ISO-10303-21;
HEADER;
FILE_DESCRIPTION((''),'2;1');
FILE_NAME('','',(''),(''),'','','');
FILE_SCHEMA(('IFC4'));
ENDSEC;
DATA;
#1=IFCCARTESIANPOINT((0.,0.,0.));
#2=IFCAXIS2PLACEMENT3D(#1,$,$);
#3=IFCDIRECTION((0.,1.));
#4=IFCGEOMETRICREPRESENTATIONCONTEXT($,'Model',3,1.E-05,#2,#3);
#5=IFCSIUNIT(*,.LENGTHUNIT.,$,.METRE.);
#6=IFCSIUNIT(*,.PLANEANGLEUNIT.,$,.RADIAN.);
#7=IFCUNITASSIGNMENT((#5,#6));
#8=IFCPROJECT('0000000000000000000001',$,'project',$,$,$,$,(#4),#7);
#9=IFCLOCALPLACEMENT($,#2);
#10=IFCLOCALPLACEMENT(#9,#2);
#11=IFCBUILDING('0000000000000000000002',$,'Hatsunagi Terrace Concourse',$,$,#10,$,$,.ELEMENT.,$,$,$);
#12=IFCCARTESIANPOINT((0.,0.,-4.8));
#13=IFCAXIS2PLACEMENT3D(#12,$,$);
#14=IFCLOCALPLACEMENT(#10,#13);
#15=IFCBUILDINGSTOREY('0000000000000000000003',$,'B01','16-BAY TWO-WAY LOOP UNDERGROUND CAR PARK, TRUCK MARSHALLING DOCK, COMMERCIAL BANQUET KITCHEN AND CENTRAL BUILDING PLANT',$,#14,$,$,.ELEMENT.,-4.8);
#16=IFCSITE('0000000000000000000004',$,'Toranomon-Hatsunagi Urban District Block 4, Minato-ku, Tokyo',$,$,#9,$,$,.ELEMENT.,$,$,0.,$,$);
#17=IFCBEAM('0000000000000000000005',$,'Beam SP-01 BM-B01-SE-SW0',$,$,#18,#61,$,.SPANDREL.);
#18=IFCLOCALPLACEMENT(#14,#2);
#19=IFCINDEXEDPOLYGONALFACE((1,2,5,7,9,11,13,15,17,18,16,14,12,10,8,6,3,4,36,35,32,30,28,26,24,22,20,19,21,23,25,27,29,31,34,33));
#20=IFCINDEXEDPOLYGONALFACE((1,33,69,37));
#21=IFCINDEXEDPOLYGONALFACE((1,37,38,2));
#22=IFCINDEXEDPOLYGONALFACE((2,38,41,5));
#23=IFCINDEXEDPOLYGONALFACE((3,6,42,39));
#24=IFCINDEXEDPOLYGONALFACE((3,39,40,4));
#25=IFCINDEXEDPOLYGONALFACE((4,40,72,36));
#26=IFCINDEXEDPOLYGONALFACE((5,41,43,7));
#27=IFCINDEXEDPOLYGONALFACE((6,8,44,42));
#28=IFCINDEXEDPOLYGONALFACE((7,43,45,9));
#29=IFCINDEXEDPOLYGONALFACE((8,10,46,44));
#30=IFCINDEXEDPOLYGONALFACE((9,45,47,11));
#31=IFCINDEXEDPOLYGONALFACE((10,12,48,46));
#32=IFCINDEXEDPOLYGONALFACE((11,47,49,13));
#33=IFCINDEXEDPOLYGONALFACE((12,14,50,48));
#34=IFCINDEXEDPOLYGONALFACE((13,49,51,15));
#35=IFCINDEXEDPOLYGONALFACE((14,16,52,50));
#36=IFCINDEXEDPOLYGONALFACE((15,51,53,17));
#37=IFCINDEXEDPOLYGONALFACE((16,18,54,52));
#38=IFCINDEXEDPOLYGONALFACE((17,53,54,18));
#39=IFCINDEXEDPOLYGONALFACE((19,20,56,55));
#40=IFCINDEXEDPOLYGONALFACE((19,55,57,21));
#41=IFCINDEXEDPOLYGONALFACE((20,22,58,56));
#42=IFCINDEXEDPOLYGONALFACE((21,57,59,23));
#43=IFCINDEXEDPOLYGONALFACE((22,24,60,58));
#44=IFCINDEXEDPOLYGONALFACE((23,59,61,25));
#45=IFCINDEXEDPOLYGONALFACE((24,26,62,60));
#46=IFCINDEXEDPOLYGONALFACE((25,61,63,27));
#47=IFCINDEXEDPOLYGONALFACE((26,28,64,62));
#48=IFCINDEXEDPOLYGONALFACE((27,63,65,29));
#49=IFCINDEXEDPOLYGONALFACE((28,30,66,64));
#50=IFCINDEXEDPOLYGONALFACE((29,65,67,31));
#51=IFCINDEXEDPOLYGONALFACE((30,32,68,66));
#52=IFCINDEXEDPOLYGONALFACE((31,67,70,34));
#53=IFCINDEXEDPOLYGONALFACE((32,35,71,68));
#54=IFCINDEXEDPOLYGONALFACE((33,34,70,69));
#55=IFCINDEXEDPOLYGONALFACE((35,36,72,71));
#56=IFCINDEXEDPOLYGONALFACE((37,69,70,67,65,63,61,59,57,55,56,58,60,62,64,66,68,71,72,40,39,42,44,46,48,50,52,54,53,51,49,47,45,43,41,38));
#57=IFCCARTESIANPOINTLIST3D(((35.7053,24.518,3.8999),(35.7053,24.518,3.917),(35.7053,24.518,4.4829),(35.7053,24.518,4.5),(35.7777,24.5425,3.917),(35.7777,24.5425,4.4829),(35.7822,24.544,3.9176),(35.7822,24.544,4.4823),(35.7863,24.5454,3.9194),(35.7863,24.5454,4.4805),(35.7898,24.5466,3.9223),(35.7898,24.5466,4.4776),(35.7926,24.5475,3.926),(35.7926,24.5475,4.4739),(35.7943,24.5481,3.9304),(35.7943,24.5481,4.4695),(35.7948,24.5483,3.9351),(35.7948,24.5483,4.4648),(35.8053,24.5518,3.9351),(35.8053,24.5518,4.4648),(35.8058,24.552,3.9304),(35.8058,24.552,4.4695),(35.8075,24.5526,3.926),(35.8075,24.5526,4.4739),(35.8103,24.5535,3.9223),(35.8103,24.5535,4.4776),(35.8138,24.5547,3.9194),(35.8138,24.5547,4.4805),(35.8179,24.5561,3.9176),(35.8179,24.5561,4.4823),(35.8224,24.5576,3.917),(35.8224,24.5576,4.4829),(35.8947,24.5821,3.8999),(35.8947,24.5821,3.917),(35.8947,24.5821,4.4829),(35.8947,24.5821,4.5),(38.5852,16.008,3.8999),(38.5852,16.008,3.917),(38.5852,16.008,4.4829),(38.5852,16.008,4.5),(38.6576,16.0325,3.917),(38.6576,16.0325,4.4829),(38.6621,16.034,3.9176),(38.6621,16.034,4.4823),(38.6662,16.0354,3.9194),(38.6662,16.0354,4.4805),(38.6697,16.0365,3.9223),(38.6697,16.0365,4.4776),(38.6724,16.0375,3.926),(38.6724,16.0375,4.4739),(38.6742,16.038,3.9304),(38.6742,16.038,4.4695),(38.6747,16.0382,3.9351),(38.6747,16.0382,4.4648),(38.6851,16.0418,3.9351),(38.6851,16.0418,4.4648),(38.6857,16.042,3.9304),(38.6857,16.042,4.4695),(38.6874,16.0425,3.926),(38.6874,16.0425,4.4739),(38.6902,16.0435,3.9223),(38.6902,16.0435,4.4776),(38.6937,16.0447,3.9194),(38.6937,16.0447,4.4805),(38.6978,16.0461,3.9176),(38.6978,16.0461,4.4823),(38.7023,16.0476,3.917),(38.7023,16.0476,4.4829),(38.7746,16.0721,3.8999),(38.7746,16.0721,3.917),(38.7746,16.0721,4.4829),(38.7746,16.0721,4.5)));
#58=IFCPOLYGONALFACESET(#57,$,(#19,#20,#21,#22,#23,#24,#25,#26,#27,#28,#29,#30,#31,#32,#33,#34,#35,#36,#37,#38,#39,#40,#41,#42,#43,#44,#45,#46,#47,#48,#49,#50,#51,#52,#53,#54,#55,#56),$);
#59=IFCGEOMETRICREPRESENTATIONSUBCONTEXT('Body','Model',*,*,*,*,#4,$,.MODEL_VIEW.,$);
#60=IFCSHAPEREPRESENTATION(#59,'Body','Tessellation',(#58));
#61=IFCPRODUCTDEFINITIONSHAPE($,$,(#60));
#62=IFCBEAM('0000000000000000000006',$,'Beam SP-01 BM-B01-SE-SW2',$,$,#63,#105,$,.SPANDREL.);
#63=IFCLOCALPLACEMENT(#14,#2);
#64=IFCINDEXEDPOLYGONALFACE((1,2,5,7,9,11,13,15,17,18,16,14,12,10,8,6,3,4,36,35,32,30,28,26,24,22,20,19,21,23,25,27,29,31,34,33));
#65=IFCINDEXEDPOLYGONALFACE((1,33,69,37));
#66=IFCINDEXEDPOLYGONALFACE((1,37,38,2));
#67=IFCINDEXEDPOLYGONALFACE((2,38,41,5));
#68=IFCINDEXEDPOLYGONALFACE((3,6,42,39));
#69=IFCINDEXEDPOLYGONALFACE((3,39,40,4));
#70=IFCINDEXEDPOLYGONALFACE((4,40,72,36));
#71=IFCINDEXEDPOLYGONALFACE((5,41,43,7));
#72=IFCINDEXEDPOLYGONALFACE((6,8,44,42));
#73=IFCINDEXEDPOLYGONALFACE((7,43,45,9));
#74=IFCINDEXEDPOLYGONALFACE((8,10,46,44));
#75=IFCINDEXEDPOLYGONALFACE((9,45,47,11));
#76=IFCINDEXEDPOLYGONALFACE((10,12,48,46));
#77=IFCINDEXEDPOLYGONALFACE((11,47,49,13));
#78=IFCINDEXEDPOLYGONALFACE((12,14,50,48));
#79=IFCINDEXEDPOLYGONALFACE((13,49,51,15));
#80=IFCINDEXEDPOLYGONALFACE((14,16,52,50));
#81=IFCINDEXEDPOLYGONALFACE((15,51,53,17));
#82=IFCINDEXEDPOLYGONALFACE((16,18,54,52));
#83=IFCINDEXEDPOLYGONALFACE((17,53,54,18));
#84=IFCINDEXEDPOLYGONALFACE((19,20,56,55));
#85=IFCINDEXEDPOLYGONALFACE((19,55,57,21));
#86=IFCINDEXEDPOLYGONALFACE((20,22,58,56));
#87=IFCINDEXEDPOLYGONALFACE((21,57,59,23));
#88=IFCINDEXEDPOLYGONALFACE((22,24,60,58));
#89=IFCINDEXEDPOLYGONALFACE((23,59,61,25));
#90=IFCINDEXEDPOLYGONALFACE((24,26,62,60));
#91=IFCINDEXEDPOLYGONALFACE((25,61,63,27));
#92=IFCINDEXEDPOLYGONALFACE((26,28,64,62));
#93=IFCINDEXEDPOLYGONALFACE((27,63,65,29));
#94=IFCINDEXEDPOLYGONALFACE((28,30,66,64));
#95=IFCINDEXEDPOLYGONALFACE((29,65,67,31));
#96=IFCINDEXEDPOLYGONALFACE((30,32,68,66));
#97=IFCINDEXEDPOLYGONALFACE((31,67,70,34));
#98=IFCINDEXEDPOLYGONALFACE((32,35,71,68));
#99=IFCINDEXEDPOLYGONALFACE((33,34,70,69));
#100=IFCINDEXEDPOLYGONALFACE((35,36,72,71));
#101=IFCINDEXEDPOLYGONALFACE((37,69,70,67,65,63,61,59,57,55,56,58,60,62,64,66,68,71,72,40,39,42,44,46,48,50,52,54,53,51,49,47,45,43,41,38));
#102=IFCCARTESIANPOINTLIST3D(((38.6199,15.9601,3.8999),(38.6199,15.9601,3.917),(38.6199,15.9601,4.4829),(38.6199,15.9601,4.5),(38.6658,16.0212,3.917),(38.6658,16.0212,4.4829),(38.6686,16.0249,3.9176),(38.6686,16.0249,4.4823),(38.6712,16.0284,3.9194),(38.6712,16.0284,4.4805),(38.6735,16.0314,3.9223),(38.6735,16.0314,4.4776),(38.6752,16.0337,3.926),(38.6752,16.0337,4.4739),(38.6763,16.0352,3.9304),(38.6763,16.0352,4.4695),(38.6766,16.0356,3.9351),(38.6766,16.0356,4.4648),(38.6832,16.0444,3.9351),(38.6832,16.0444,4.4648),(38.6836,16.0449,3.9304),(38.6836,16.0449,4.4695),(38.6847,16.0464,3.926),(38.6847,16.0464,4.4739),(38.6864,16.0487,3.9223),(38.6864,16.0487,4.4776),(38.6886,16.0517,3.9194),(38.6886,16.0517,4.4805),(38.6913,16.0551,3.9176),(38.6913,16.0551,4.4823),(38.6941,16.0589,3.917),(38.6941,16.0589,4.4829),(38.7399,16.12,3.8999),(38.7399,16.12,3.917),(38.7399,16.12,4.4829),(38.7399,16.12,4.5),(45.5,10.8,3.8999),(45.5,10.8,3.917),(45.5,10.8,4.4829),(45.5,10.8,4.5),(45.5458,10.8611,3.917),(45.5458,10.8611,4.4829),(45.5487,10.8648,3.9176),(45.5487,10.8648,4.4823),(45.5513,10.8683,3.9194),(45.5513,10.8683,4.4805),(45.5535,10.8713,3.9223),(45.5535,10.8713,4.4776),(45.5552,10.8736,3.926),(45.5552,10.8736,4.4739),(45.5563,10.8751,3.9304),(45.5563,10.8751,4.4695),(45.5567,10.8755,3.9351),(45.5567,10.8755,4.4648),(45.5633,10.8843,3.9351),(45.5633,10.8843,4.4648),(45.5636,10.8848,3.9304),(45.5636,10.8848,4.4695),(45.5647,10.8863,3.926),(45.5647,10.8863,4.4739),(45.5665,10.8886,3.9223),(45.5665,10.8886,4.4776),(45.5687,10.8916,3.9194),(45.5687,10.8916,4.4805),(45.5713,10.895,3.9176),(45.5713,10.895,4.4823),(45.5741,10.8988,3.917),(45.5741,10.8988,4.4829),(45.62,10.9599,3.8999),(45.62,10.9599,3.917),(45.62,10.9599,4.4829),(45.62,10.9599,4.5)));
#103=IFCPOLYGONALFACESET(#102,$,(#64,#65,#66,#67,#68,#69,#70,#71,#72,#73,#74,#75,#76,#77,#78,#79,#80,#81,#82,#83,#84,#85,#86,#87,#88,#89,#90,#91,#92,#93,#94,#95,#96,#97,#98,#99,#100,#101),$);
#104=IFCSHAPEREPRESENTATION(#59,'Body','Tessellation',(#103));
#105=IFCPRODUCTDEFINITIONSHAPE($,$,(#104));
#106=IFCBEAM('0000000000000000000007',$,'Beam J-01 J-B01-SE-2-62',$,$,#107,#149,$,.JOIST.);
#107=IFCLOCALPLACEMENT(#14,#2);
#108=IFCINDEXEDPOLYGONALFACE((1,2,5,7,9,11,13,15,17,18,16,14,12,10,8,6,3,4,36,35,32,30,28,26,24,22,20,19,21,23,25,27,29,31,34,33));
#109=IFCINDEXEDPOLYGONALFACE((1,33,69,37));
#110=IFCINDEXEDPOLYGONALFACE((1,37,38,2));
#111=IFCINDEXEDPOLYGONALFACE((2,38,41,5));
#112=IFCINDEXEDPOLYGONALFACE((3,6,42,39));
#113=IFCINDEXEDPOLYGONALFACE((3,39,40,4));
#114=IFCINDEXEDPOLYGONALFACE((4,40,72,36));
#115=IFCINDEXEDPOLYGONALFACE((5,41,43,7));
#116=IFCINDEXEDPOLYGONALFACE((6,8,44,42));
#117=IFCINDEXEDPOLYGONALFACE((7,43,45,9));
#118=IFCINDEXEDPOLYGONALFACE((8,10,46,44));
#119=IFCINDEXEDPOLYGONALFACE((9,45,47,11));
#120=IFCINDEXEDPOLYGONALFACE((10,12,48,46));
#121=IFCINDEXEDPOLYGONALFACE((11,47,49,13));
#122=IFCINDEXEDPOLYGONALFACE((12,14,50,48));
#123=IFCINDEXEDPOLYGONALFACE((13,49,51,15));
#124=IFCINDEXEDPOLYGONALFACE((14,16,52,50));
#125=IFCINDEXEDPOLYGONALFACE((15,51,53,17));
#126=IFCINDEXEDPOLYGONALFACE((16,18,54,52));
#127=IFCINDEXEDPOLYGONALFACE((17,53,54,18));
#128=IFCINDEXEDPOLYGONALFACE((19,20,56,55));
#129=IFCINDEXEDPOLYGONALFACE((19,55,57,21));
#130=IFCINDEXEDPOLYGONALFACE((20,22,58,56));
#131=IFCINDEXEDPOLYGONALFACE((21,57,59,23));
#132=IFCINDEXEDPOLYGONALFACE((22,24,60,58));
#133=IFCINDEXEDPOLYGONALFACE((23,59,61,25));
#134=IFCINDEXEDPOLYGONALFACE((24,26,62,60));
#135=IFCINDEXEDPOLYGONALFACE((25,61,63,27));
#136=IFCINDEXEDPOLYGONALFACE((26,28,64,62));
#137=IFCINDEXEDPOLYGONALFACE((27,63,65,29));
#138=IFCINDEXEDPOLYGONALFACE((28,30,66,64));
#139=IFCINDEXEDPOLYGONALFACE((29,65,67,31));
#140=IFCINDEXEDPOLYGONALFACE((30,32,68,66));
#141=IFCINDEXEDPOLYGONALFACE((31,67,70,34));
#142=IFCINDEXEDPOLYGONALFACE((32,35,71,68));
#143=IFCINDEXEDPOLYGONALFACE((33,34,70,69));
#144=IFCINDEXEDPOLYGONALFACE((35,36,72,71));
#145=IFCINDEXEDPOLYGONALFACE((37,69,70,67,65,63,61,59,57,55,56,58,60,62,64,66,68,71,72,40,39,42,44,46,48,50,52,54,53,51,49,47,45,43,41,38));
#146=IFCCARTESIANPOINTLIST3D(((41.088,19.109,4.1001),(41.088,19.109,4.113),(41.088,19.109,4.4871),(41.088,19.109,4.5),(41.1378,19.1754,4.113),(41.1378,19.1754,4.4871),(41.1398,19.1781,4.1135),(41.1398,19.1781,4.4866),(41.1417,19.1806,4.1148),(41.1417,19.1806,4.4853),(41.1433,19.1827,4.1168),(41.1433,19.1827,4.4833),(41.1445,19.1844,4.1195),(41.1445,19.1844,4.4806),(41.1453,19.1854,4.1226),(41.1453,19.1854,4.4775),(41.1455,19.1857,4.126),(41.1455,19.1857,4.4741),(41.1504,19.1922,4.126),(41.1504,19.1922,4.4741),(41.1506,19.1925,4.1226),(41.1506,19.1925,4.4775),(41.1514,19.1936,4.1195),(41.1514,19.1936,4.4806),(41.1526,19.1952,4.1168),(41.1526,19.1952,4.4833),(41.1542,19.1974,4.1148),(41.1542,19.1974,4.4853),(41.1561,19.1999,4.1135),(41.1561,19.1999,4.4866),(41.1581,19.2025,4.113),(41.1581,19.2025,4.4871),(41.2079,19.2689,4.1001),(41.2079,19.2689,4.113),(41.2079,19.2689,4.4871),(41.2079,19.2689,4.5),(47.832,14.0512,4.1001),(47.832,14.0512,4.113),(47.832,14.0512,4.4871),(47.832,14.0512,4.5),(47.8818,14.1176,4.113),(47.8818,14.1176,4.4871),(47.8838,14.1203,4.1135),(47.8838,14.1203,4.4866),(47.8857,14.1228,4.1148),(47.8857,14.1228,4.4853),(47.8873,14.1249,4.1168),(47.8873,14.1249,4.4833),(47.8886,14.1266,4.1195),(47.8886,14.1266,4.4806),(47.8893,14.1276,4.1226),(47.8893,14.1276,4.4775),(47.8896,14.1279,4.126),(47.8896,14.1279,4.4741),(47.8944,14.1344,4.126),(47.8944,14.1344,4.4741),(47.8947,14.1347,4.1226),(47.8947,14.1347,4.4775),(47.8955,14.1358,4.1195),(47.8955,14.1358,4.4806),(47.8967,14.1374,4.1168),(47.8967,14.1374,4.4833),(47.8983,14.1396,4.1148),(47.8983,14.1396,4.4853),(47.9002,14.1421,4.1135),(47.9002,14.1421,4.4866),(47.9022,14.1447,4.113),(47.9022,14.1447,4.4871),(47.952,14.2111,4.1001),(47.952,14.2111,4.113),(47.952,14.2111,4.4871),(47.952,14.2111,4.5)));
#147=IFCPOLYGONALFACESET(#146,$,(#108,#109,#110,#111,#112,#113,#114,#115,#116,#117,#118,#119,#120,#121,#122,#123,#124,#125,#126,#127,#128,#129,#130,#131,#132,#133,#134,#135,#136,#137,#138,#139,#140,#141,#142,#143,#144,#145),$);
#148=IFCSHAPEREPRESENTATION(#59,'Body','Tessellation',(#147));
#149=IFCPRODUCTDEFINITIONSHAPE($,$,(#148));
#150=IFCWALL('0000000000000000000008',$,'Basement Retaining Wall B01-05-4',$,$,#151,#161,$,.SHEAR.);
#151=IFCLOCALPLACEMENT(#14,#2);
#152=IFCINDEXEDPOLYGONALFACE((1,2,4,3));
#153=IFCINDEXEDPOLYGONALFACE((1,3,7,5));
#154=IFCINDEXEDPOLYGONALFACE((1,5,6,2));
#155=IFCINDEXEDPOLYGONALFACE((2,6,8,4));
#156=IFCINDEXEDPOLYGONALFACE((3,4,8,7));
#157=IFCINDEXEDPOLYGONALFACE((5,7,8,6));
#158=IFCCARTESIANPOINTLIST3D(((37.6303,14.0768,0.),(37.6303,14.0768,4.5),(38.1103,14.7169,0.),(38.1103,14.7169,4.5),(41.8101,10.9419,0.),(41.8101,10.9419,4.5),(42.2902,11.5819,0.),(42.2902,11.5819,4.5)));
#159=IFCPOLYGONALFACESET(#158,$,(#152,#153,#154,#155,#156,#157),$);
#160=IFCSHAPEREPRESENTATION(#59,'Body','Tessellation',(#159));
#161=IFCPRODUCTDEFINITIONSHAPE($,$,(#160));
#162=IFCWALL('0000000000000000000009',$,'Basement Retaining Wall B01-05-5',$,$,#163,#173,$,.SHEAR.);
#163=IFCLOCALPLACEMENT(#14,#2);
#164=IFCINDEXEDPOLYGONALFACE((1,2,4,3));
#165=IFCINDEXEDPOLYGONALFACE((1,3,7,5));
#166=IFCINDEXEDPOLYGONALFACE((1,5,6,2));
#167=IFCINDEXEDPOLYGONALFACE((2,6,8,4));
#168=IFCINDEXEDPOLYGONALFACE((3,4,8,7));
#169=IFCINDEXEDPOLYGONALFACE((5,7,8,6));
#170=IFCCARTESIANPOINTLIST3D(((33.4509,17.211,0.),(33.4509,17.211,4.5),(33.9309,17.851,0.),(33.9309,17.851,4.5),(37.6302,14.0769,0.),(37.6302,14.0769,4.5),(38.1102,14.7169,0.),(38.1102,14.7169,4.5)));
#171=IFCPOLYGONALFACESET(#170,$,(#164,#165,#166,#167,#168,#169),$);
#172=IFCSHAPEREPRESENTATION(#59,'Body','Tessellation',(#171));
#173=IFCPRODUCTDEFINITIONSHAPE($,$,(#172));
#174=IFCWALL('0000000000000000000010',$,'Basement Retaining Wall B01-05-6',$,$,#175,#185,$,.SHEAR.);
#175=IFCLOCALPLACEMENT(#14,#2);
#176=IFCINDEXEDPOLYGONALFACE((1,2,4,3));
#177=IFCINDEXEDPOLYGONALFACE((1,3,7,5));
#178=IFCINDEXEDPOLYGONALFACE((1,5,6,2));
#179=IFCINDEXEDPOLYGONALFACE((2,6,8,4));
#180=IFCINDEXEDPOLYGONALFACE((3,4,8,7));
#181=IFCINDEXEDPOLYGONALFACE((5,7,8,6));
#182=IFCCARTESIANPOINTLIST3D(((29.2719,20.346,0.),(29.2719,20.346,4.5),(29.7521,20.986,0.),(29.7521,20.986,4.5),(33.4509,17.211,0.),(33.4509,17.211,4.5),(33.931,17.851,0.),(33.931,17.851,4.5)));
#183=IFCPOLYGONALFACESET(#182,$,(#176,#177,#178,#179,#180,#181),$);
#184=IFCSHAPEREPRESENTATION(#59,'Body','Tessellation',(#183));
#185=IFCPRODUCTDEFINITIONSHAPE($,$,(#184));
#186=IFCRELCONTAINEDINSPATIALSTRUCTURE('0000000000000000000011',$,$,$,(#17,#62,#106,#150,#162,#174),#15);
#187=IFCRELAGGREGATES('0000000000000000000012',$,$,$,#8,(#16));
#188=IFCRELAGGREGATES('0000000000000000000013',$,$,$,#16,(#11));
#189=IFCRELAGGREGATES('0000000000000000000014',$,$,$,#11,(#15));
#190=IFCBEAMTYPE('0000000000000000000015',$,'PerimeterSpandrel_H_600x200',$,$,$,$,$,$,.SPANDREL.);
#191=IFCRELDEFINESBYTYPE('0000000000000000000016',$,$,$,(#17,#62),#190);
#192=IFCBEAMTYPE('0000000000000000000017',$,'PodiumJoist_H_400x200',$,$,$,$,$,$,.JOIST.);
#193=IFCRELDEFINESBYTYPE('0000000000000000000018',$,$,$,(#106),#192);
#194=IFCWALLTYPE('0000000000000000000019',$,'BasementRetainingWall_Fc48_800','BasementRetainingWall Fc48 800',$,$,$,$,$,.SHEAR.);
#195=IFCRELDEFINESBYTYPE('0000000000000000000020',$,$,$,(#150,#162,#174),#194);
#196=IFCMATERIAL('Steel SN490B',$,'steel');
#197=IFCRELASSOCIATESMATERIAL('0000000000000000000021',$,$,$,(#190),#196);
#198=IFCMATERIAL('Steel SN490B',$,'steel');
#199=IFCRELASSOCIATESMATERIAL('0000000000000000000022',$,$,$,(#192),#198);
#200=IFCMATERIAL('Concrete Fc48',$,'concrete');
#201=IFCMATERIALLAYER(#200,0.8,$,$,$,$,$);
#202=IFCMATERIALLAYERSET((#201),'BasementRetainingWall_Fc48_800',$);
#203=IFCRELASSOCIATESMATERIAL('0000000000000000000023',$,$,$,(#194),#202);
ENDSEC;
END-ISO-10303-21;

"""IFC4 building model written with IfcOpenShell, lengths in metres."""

from ifc_helpers import new_model, si_unit, direction, frame, frame_2d, origin, origin_2d, place, context, subcontext, project, spatial, rectangle, i_section, extrude, material, layer, layer_set, material_profile, profile_set, type_object, element, save


model = new_model("IFC4")

# Units and contexts
model_context = context("Model", 3, precision=1e-05, world=origin(), true_north=direction((0.0, 1.0)))
body_context = subcontext(model_context, "Body", "Model", "MODEL_VIEW")
ifc_project = project(units=[si_unit("LENGTHUNIT", "METRE"), si_unit("PLANEANGLEUNIT", "RADIAN")], contexts=[model_context])

# Site, building, storey
site_placement = place(None, origin())
site = spatial("IfcSite", under=ifc_project, at=site_placement, Name="Toranomon-Hatsunagi Urban District Block 4, Minato-ku, Tokyo", CompositionType="ELEMENT", RefElevation=0.0)
building_placement = place(site_placement, origin())
building = spatial("IfcBuilding", under=site, at=building_placement, Name="Hatsunagi Terrace Concourse", CompositionType="ELEMENT")
storey_placement = place(building_placement, frame((0.0, 0.0, -4.8)))
storey = spatial("IfcBuildingStorey", under=building, at=storey_placement, Name="B01", Description="16-BAY TWO-WAY LOOP UNDERGROUND CAR PARK, TRUCK MARSHALLING DOCK, COMMERCIAL BANQUET KITCHEN AND CENTRAL BUILDING PLANT", CompositionType="ELEMENT", Elevation=-4.8)

# Beams
ifc_material_1 = material(Name="Steel SN490B", Category="steel")
ifc_material_profile_1 = material_profile(ifc_material_1, i_section(OverallWidth=0.2, OverallDepth=0.6001, WebThickness=0.011, FlangeThickness=0.0171, FilletRadius=0.0181, at=origin_2d()), Name="H-600x200x11x17")
ifc_profile_set_1 = profile_set([ifc_material_profile_1], Name="Steel SN490B")
beam_type_1 = type_object("IfcBeamType", Name="PerimeterSpandrel_H_600x200", PredefinedType="SPANDREL", material=ifc_profile_set_1)
beam_1_placement = place(storey_placement, frame((35.8, 24.55, 4.2), z_axis=(0.320553, -0.94723, 0.0), x_axis=(0.94723, 0.320553, 0.0)))
element("IfcBeam", 1, at=beam_1_placement, inside=storey, type_object=beam_type_1, Name="Beam SP-01 BM-B01-SE-SW0", PredefinedType="SPANDREL", context=body_context, shape_type="SweptSolid", body=[
    extrude(i_section(OverallWidth=0.2, OverallDepth=0.6001, WebThickness=0.011, FlangeThickness=0.0171, FilletRadius=0.0181, at=origin_2d()), origin(), (0.0, 0.0, 1.0), 8.9841),
])
beam_2_placement = place(storey_placement, frame((38.6799, 16.04, 4.2), z_axis=(0.799997, -0.600005, 0.0), x_axis=(0.600005, 0.799997, 0.0)))
element("IfcBeam", 2, at=beam_2_placement, inside=storey, type_object=beam_type_1, Name="Beam SP-01 BM-B01-SE-SW2", PredefinedType="SPANDREL", context=body_context, shape_type="SweptSolid", body=[
    extrude(i_section(OverallWidth=0.2, OverallDepth=0.6001, WebThickness=0.011, FlangeThickness=0.0171, FilletRadius=0.0181, at=origin_2d()), origin(), (0.0, 0.0, 1.0), 8.6001),
])
ifc_material_2 = material(Name="Steel SN490B", Category="steel")
ifc_material_profile_2 = material_profile(ifc_material_2, i_section(OverallWidth=0.2, OverallDepth=0.3999, WebThickness=0.0081, FlangeThickness=0.0129, FilletRadius=0.0129, at=origin_2d()), Name="H-400x200x8x13")
ifc_profile_set_2 = profile_set([ifc_material_profile_2], Name="Steel SN490B")
beam_type_2 = type_object("IfcBeamType", Name="PodiumJoist_H_400x200", PredefinedType="JOIST", material=ifc_profile_set_2)
beam_3_placement = place(storey_placement, frame((41.1479, 19.189, 4.3), z_axis=(0.800014, -0.599981, 0.0), x_axis=(0.599981, 0.800014, 0.0)))
element("IfcBeam", 3, at=beam_3_placement, inside=storey, type_object=beam_type_2, Name="Beam J-01 J-B01-SE-2-62", PredefinedType="JOIST", context=body_context, shape_type="SweptSolid", body=[
    extrude(i_section(OverallWidth=0.2, OverallDepth=0.3999, WebThickness=0.0081, FlangeThickness=0.0129, FilletRadius=0.0129, at=origin_2d()), origin(), (0.0, 0.0, 1.0), 8.4299),
])

# Walls
ifc_material_3 = material(Name="Concrete Fc48", Category="concrete")
ifc_layer_1 = layer(ifc_material_3, 0.8)
ifc_layer_set_1 = layer_set([ifc_layer_1], Name="BasementRetainingWall_Fc48_800")
wall_type_1 = type_object("IfcWallType", Name="BasementRetainingWall_Fc48_800", Description="BasementRetainingWall Fc48 800", PredefinedType="SHEAR", material=ifc_layer_set_1)
wall_1_placement = place(storey_placement, frame((42.05, 11.262, 0.0), z_axis=(0.0, 0.0, 1.0), x_axis=(-0.799994, 0.600007, 0.0)))
element("IfcWall", 4, at=wall_1_placement, inside=storey, type_object=wall_type_1, Name="Basement Retaining Wall B01-05-4", PredefinedType="SHEAR", context=body_context, shape_type="SweptSolid", body=[
    extrude(rectangle(XDim=5.2249, YDim=0.8, at=frame_2d((2.6123, 0.0))), origin(), (0.0, 0.0, 1.0), 4.5),
])
wall_2_placement = place(storey_placement, frame((37.8701, 14.397, 0.0), z_axis=(0.0, 0.0, 1.0), x_axis=(-0.800034, 0.599955, 0.0)))
element("IfcWall", 5, at=wall_2_placement, inside=storey, type_object=wall_type_1, Name="Basement Retaining Wall B01-05-5", PredefinedType="SHEAR", context=body_context, shape_type="SweptSolid", body=[
    extrude(rectangle(XDim=5.2239, YDim=0.8, at=frame_2d((2.6118, 0.0))), origin(), (0.0, 0.0, 1.0), 4.5),
])
wall_3_placement = place(storey_placement, frame((33.6909, 17.531, 0.0), z_axis=(0.0, 0.0, 1.0), x_axis=(-0.799927, 0.600097, 0.0)))
element("IfcWall", 6, at=wall_3_placement, inside=storey, type_object=wall_type_1, Name="Basement Retaining Wall B01-05-6", PredefinedType="SHEAR", context=body_context, shape_type="SweptSolid", body=[
    extrude(rectangle(XDim=5.2241, YDim=0.8, at=frame_2d((2.6121, 0.0))), origin(), (0.0, 0.0, 1.0), 4.5),
])

save(model, "model.ifc")
